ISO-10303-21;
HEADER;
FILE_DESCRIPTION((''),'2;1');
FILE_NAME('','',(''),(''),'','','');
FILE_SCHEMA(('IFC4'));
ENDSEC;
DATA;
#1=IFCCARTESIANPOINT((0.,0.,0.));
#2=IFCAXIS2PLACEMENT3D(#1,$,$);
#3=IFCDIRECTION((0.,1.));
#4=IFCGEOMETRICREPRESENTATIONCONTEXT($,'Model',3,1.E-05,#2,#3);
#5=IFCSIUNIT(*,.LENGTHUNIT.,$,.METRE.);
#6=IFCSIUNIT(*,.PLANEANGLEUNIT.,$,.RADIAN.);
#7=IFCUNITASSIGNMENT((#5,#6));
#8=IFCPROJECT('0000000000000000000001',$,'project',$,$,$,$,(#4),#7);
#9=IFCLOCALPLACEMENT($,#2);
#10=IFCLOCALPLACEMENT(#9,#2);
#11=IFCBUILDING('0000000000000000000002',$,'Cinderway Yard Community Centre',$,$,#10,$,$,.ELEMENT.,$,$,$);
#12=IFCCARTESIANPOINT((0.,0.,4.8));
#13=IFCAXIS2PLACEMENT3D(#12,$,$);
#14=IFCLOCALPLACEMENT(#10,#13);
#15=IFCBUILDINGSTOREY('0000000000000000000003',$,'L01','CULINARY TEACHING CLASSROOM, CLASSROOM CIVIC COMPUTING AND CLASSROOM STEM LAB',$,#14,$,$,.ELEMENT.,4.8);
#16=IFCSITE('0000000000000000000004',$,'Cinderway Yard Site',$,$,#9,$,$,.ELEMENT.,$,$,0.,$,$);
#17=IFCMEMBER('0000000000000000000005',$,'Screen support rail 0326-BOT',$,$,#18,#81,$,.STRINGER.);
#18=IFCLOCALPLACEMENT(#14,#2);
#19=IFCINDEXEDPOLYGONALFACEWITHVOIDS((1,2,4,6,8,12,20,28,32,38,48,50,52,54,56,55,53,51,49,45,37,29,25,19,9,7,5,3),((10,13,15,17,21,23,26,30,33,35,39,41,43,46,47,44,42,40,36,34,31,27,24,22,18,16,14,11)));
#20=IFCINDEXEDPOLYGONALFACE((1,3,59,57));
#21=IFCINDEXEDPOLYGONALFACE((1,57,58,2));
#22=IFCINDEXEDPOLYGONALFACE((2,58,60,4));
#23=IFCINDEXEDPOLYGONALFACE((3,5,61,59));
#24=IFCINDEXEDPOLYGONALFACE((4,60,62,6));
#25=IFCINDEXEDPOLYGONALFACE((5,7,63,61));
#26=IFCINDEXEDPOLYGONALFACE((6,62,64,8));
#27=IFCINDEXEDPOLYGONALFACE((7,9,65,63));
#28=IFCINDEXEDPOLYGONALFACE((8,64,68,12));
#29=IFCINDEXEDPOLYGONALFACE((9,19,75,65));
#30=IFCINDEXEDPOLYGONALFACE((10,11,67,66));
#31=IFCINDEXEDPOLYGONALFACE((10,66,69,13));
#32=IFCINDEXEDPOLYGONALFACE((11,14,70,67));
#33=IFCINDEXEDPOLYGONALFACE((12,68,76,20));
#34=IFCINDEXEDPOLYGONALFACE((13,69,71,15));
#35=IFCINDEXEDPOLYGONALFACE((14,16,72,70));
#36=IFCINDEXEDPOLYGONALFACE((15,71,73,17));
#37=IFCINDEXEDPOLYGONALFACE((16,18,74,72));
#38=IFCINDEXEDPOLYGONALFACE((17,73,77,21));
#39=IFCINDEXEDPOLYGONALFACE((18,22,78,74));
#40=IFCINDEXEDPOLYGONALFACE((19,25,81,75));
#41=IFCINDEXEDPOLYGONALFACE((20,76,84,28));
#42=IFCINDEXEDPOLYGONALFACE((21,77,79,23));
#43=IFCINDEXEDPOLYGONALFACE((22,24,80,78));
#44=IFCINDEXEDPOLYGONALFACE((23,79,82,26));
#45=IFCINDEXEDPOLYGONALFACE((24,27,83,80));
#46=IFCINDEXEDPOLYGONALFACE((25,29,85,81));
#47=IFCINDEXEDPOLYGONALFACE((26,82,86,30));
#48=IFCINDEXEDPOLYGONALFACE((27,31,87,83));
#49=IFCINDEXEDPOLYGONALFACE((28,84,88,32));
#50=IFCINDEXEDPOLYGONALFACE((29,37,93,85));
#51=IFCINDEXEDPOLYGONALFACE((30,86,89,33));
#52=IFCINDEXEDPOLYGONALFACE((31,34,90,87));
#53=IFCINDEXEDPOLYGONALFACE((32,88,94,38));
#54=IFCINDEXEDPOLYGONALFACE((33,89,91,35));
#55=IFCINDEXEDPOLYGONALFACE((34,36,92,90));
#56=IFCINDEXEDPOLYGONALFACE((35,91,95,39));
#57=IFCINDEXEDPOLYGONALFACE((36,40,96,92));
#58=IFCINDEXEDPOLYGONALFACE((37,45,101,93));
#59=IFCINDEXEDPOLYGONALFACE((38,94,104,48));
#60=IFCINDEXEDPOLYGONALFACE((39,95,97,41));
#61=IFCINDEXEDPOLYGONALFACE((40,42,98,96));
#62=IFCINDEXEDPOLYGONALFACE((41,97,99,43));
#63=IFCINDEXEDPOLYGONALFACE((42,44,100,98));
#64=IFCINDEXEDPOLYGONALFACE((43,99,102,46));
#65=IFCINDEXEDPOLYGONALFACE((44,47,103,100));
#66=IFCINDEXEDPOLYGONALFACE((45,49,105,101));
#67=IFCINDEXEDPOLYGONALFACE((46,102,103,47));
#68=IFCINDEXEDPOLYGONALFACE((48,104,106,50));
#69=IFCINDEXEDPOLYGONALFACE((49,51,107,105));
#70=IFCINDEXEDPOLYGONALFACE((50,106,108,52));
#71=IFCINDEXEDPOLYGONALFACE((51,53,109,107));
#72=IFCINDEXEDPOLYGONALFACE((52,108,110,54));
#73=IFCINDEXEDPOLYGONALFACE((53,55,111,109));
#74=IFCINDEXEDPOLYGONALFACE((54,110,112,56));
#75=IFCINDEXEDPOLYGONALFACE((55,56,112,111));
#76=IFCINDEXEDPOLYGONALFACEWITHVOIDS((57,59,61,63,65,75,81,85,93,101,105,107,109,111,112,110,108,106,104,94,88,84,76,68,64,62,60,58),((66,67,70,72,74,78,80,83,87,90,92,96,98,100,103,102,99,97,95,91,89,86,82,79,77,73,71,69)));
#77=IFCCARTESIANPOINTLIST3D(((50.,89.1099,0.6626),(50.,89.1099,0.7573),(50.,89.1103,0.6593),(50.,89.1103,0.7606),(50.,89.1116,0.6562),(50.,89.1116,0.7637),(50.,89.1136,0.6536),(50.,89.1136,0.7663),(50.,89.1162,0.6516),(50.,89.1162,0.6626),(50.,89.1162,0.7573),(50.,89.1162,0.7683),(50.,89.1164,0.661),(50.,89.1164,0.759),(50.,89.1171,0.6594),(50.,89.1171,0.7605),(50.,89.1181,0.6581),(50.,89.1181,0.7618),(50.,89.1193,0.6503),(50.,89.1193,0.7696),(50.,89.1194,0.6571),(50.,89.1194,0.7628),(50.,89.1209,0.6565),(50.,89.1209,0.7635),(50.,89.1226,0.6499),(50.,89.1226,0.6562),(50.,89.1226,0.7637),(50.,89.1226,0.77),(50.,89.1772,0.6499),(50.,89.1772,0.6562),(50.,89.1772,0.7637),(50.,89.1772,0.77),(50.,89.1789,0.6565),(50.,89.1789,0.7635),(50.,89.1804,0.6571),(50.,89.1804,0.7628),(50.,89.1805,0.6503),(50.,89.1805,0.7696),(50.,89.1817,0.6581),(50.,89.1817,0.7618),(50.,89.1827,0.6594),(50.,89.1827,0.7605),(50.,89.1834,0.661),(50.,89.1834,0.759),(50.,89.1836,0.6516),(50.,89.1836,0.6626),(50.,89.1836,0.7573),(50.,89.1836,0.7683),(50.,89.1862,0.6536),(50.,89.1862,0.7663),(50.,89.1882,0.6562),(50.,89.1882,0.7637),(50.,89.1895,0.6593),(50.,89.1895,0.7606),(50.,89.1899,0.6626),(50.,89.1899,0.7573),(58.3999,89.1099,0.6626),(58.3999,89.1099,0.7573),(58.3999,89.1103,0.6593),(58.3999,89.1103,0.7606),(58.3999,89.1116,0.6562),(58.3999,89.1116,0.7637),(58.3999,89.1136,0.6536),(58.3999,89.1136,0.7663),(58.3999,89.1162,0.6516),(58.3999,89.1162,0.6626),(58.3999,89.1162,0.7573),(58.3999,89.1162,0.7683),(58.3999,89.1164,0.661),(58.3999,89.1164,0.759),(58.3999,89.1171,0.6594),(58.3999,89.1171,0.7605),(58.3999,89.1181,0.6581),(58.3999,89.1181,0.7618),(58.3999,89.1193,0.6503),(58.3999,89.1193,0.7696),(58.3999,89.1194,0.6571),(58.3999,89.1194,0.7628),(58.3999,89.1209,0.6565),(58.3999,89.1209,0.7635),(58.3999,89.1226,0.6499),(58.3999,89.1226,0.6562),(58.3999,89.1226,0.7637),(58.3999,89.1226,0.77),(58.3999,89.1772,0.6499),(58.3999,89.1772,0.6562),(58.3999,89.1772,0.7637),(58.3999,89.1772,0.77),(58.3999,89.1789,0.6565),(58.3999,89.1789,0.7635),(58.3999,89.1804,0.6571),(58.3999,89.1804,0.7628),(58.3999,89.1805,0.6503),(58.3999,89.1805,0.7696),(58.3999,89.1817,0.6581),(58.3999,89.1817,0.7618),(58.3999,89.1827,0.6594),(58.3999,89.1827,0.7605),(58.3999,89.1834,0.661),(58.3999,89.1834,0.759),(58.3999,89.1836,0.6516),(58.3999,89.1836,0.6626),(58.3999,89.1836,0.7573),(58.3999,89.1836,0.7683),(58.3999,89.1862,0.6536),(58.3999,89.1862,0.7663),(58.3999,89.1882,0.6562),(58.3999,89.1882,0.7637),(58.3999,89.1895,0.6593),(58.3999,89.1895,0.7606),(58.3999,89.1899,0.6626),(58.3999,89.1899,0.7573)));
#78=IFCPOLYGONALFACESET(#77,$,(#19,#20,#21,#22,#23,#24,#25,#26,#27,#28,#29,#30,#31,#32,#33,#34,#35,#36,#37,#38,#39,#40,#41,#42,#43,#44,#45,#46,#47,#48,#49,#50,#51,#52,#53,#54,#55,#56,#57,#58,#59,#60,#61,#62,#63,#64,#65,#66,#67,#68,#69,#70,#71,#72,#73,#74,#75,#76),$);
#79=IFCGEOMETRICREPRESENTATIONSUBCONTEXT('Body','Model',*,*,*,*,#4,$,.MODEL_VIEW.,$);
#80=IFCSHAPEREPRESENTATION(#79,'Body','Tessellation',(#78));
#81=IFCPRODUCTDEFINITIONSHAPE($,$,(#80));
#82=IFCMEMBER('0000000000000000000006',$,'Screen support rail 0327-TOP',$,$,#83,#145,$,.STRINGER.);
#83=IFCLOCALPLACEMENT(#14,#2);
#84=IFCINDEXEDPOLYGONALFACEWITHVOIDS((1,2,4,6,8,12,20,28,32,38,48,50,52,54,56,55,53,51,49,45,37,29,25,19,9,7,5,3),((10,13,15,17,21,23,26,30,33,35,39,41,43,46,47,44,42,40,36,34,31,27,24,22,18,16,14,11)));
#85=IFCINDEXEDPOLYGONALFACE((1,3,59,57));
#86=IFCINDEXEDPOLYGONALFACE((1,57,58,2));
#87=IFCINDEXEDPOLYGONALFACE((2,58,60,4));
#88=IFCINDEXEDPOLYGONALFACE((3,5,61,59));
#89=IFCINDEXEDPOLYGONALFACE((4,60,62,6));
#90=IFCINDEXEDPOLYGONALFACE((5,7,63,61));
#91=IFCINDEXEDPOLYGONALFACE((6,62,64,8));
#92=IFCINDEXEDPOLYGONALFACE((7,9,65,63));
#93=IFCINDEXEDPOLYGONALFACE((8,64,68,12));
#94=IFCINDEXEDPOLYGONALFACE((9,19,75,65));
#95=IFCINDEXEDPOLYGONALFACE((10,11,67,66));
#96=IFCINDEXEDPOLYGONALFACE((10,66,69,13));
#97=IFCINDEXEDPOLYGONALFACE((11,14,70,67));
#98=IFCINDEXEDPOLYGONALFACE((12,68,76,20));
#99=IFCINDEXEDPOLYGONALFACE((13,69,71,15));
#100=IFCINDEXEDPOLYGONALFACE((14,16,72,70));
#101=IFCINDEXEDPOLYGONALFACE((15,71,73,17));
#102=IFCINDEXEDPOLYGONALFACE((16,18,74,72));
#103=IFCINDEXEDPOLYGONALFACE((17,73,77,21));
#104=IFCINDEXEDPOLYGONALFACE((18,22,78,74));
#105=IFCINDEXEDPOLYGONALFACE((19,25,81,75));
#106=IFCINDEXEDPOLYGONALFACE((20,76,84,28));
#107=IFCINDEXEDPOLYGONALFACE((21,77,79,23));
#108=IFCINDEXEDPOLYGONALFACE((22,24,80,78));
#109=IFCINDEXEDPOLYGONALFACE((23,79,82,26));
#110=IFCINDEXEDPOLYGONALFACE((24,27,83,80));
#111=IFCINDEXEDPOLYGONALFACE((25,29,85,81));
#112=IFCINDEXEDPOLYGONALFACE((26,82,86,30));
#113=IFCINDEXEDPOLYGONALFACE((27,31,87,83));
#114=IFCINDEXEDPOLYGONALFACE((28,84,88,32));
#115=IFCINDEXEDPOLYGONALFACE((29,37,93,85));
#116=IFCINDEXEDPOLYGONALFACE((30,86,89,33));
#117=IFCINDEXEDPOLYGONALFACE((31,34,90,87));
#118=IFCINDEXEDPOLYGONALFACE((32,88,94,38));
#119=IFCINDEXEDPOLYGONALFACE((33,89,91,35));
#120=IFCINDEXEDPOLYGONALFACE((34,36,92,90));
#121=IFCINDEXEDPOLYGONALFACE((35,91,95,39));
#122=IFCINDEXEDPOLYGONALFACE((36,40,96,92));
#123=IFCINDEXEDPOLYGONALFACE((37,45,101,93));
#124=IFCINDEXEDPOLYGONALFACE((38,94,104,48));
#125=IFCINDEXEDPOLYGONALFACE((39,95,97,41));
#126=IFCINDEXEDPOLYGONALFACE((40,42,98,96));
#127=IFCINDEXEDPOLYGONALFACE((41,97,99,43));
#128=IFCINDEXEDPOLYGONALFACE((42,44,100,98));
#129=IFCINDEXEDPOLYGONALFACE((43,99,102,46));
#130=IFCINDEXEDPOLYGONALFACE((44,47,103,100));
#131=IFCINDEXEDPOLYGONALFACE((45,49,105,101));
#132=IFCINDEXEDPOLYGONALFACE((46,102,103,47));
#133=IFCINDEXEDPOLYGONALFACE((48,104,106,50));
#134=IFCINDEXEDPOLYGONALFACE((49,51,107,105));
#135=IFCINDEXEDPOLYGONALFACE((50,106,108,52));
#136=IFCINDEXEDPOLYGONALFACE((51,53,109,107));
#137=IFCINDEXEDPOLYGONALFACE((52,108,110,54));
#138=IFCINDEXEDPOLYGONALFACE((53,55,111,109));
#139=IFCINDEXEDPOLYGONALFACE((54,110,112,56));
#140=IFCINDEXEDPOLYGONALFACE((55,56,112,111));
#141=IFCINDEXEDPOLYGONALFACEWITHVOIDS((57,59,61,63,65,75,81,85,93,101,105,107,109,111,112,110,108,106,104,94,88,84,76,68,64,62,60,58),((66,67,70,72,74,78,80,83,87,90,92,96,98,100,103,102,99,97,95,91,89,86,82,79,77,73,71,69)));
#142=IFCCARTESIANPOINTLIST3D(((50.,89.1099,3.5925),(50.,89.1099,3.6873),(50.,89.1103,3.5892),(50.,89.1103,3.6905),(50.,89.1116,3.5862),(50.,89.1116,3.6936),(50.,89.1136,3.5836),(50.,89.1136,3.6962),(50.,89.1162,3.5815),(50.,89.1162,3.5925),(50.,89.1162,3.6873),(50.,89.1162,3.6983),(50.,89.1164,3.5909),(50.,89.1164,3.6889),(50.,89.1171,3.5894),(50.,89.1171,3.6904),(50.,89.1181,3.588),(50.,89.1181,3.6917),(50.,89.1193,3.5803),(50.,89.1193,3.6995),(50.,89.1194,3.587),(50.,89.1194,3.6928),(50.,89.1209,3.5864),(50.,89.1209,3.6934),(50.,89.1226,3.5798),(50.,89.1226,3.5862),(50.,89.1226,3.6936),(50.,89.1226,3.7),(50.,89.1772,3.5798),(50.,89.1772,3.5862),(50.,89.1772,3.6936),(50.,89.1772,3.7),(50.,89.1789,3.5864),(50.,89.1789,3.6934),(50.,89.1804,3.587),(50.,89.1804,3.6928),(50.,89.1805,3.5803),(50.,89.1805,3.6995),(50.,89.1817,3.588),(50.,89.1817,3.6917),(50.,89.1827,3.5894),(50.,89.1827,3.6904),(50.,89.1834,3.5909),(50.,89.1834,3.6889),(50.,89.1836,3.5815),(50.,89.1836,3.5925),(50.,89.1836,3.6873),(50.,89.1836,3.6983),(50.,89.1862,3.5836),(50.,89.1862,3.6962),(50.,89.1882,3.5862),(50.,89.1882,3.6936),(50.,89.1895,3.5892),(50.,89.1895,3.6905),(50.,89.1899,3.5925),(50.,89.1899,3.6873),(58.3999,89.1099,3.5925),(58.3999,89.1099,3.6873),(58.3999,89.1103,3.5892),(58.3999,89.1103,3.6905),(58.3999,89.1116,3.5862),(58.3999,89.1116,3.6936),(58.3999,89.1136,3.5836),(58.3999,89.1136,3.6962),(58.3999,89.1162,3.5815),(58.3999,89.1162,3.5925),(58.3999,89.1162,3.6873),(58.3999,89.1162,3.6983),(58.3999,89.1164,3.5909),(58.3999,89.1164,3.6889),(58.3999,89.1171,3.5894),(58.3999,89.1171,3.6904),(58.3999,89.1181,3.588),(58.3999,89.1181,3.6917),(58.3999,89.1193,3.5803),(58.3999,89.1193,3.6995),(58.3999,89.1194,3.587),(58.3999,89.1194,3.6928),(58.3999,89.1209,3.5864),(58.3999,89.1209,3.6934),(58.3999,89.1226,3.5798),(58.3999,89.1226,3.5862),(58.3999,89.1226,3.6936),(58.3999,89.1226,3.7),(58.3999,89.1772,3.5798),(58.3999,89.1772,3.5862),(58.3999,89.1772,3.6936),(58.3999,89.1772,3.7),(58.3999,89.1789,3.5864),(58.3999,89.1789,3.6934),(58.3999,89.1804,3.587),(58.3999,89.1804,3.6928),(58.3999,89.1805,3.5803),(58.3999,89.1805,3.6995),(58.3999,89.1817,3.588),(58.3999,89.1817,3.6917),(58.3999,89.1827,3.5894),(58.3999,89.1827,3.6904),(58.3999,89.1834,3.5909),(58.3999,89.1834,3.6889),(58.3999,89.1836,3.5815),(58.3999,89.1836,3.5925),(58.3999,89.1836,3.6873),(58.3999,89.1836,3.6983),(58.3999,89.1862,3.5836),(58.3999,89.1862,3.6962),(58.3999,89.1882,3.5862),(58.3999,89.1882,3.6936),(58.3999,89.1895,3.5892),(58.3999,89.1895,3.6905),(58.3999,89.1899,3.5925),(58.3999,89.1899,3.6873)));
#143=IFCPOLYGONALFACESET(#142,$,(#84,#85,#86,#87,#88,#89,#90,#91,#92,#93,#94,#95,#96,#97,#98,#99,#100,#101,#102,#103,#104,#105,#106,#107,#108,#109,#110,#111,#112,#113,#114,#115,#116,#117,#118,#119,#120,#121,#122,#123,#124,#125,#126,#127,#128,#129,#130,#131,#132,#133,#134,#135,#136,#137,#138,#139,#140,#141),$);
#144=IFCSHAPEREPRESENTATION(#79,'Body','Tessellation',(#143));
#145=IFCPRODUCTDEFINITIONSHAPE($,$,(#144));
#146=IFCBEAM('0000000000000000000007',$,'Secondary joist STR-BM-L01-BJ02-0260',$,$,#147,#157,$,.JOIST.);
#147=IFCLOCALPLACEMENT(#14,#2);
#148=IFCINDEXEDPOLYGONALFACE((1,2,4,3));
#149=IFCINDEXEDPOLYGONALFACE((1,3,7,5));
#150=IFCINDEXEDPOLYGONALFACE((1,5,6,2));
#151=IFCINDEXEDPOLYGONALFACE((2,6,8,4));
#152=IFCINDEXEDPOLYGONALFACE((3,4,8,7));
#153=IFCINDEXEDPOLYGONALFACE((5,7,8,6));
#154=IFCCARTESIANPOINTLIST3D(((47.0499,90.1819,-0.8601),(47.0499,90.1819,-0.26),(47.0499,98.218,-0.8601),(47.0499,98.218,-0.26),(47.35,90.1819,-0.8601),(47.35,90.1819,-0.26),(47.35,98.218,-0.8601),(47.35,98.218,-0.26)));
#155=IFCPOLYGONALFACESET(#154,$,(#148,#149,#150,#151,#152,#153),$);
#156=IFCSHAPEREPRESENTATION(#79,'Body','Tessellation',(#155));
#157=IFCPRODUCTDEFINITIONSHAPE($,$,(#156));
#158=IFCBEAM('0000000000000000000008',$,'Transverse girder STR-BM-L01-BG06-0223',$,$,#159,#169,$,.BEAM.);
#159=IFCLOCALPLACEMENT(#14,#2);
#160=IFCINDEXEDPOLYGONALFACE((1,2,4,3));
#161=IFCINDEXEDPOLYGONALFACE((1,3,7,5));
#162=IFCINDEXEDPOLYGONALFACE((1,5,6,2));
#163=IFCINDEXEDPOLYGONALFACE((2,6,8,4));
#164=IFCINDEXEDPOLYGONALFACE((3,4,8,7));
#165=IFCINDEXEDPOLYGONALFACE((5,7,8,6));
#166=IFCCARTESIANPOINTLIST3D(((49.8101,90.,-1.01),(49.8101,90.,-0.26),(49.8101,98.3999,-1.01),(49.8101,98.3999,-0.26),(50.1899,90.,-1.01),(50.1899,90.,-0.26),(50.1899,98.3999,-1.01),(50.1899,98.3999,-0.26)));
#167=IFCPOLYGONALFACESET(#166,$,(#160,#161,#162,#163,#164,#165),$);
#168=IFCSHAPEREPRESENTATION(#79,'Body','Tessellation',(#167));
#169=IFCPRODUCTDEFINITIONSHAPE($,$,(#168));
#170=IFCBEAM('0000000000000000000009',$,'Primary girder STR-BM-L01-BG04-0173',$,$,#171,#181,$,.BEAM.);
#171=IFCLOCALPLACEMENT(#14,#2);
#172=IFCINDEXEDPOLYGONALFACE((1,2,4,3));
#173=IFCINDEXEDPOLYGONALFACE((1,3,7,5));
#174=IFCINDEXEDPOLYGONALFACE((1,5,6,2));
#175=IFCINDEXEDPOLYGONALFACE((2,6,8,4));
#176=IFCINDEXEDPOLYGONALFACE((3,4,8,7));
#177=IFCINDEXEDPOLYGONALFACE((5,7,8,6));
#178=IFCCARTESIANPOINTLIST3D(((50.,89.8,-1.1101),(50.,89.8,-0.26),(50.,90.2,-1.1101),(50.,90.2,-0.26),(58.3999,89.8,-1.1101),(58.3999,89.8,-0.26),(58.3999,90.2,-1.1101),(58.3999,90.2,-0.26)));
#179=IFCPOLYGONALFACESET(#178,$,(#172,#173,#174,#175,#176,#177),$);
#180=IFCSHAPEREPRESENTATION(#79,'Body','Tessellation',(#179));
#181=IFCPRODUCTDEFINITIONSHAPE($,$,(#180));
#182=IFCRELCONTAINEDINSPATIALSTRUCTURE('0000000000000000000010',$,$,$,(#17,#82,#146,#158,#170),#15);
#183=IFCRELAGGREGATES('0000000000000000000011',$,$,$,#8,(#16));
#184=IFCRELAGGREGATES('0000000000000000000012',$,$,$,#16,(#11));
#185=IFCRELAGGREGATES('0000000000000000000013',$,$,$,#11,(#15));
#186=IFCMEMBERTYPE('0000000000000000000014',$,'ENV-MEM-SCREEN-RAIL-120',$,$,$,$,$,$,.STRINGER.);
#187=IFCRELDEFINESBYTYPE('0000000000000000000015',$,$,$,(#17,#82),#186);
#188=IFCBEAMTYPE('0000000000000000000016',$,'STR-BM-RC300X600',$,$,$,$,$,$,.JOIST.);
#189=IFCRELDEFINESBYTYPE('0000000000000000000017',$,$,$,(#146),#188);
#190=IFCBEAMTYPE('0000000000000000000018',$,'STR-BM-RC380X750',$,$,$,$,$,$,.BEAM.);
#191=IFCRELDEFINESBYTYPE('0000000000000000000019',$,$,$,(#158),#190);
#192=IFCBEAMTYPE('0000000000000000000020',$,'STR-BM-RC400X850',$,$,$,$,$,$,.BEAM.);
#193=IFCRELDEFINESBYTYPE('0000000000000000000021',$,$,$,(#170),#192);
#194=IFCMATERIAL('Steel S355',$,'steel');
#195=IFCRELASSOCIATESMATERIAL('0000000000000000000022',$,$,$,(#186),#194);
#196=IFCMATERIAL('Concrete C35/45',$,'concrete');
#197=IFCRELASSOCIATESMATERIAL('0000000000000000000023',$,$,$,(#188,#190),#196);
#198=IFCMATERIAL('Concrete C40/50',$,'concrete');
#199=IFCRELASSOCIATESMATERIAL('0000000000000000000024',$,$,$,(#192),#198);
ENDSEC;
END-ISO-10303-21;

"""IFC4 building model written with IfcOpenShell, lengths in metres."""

from ifc_helpers import new_model, si_unit, direction, frame, origin, origin_2d, place, context, subcontext, project, spatial, rectangle, hollow_rectangle, extrude, material, material_profile, profile_set, type_object, element, save


model = new_model("IFC4")

# Units and contexts
model_context = context("Model", 3, precision=1e-05, world=origin(), true_north=direction((0.0, 1.0)))
body_context = subcontext(model_context, "Body", "Model", "MODEL_VIEW")
ifc_project = project(units=[si_unit("LENGTHUNIT", "METRE"), si_unit("PLANEANGLEUNIT", "RADIAN")], contexts=[model_context])

# Site, building, storey
site_placement = place(None, origin())
site = spatial("IfcSite", under=ifc_project, at=site_placement, Name="Cinderway Yard Site", CompositionType="ELEMENT", RefElevation=0.0)
building_placement = place(site_placement, origin())
building = spatial("IfcBuilding", under=site, at=building_placement, Name="Cinderway Yard Community Centre", CompositionType="ELEMENT")
storey_placement = place(building_placement, frame((0.0, 0.0, 4.8)))
storey = spatial("IfcBuildingStorey", under=building, at=storey_placement, Name="L01", Description="CULINARY TEACHING CLASSROOM, CLASSROOM CIVIC COMPUTING AND CLASSROOM STEM LAB", CompositionType="ELEMENT", Elevation=4.8)

# Shared definitions
ifc_material_1 = material(Name="Concrete C40/50", Category="concrete")

# Members
ifc_material_2 = material(Name="Steel S355", Category="steel")
ifc_material_profile_1 = material_profile(ifc_material_2, hollow_rectangle(XDim=0.0801, YDim=0.1201, WallThickness=0.0063, InnerFilletRadius=0.0063, OuterFilletRadius=0.0127, at=origin_2d()), Name="Steel S355")
ifc_profile_set_1 = profile_set([ifc_material_profile_1], Name="Steel S355")
member_type_1 = type_object("IfcMemberType", Name="ENV-MEM-SCREEN-RAIL-120", PredefinedType="STRINGER", material=ifc_profile_set_1)
for number, where, z_axis, x_axis, name in (
    (1, (50.0, 89.1499, 0.71), (1.0, 0.0, 0.0), (0.0, 1.0, 0.0), "Screen support rail 0326-BOT"),
    (2, (50.0, 89.1499, 3.6399), (1.0, 0.0, 0.0), (0.0, 1.0, 0.0), "Screen support rail 0327-TOP"),
):
    element("IfcMember", number, at=place(storey_placement, frame(where, z_axis=z_axis, x_axis=x_axis)), inside=storey, type_object=member_type_1, Name=name, PredefinedType="STRINGER", context=body_context, shape_type="SweptSolid", body=[
        extrude(hollow_rectangle(XDim=0.0801, YDim=0.1201, WallThickness=0.0063, InnerFilletRadius=0.0063, OuterFilletRadius=0.0127, at=origin_2d()), origin(), (0.0, 0.0, 1.0), 8.3999),
    ])

# Beams
ifc_material_3 = material(Name="Concrete C35/45", Category="concrete")
ifc_material_profile_2 = material_profile(ifc_material_3, rectangle(XDim=0.3, YDim=0.6001, at=origin_2d()), Name="Concrete C35/45")
ifc_profile_set_2 = profile_set([ifc_material_profile_2], Name="Concrete C35/45")
beam_type_1 = type_object("IfcBeamType", Name="STR-BM-RC300X600", PredefinedType="JOIST", material=ifc_profile_set_2)
beam_1_placement = place(storey_placement, frame((47.2, 90.1819, -0.5601), z_axis=(0.0, 1.0, 0.0), x_axis=(-1.0, 0.0, 0.0)))
element("IfcBeam", 3, at=beam_1_placement, inside=storey, type_object=beam_type_1, Name="Secondary joist STR-BM-L01-BJ02-0260", PredefinedType="JOIST", context=body_context, shape_type="SweptSolid", body=[
    extrude(rectangle(XDim=0.3, YDim=0.6001, at=origin_2d()), origin(), (0.0, 0.0, 1.0), 8.0361),
])
ifc_material_profile_3 = material_profile(ifc_material_3, rectangle(XDim=0.3799, YDim=0.75, at=origin_2d()), Name="Concrete C35/45")
ifc_profile_set_3 = profile_set([ifc_material_profile_3], Name="Concrete C35/45")
beam_type_2 = type_object("IfcBeamType", Name="STR-BM-RC380X750", PredefinedType="BEAM", material=ifc_profile_set_3)
beam_2_placement = place(storey_placement, frame((50.0, 90.0, -0.635), z_axis=(0.0, 1.0, 0.0), x_axis=(-1.0, 0.0, 0.0)))
element("IfcBeam", 4, at=beam_2_placement, inside=storey, type_object=beam_type_2, Name="Transverse girder STR-BM-L01-BG06-0223", PredefinedType="BEAM", context=body_context, shape_type="SweptSolid", body=[
    extrude(rectangle(XDim=0.3799, YDim=0.75, at=origin_2d()), origin(), (0.0, 0.0, 1.0), 8.3999),
])
ifc_material_profile_4 = material_profile(ifc_material_1, rectangle(XDim=0.3999, YDim=0.8501, at=origin_2d()), Name="Concrete C40/50")
ifc_profile_set_4 = profile_set([ifc_material_profile_4], Name="Concrete C40/50")
beam_type_3 = type_object("IfcBeamType", Name="STR-BM-RC400X850", PredefinedType="BEAM", material=ifc_profile_set_4)
beam_3_placement = place(storey_placement, frame((50.0, 90.0, -0.6851), z_axis=(1.0, 0.0, 0.0), x_axis=(0.0, 1.0, 0.0)))
element("IfcBeam", 5, at=beam_3_placement, inside=storey, type_object=beam_type_3, Name="Primary girder STR-BM-L01-BG04-0173", PredefinedType="BEAM", context=body_context, shape_type="SweptSolid", body=[
    extrude(rectangle(XDim=0.3999, YDim=0.8501, at=origin_2d()), origin(), (0.0, 0.0, 1.0), 8.3999),
])

save(model, "model.ifc")
